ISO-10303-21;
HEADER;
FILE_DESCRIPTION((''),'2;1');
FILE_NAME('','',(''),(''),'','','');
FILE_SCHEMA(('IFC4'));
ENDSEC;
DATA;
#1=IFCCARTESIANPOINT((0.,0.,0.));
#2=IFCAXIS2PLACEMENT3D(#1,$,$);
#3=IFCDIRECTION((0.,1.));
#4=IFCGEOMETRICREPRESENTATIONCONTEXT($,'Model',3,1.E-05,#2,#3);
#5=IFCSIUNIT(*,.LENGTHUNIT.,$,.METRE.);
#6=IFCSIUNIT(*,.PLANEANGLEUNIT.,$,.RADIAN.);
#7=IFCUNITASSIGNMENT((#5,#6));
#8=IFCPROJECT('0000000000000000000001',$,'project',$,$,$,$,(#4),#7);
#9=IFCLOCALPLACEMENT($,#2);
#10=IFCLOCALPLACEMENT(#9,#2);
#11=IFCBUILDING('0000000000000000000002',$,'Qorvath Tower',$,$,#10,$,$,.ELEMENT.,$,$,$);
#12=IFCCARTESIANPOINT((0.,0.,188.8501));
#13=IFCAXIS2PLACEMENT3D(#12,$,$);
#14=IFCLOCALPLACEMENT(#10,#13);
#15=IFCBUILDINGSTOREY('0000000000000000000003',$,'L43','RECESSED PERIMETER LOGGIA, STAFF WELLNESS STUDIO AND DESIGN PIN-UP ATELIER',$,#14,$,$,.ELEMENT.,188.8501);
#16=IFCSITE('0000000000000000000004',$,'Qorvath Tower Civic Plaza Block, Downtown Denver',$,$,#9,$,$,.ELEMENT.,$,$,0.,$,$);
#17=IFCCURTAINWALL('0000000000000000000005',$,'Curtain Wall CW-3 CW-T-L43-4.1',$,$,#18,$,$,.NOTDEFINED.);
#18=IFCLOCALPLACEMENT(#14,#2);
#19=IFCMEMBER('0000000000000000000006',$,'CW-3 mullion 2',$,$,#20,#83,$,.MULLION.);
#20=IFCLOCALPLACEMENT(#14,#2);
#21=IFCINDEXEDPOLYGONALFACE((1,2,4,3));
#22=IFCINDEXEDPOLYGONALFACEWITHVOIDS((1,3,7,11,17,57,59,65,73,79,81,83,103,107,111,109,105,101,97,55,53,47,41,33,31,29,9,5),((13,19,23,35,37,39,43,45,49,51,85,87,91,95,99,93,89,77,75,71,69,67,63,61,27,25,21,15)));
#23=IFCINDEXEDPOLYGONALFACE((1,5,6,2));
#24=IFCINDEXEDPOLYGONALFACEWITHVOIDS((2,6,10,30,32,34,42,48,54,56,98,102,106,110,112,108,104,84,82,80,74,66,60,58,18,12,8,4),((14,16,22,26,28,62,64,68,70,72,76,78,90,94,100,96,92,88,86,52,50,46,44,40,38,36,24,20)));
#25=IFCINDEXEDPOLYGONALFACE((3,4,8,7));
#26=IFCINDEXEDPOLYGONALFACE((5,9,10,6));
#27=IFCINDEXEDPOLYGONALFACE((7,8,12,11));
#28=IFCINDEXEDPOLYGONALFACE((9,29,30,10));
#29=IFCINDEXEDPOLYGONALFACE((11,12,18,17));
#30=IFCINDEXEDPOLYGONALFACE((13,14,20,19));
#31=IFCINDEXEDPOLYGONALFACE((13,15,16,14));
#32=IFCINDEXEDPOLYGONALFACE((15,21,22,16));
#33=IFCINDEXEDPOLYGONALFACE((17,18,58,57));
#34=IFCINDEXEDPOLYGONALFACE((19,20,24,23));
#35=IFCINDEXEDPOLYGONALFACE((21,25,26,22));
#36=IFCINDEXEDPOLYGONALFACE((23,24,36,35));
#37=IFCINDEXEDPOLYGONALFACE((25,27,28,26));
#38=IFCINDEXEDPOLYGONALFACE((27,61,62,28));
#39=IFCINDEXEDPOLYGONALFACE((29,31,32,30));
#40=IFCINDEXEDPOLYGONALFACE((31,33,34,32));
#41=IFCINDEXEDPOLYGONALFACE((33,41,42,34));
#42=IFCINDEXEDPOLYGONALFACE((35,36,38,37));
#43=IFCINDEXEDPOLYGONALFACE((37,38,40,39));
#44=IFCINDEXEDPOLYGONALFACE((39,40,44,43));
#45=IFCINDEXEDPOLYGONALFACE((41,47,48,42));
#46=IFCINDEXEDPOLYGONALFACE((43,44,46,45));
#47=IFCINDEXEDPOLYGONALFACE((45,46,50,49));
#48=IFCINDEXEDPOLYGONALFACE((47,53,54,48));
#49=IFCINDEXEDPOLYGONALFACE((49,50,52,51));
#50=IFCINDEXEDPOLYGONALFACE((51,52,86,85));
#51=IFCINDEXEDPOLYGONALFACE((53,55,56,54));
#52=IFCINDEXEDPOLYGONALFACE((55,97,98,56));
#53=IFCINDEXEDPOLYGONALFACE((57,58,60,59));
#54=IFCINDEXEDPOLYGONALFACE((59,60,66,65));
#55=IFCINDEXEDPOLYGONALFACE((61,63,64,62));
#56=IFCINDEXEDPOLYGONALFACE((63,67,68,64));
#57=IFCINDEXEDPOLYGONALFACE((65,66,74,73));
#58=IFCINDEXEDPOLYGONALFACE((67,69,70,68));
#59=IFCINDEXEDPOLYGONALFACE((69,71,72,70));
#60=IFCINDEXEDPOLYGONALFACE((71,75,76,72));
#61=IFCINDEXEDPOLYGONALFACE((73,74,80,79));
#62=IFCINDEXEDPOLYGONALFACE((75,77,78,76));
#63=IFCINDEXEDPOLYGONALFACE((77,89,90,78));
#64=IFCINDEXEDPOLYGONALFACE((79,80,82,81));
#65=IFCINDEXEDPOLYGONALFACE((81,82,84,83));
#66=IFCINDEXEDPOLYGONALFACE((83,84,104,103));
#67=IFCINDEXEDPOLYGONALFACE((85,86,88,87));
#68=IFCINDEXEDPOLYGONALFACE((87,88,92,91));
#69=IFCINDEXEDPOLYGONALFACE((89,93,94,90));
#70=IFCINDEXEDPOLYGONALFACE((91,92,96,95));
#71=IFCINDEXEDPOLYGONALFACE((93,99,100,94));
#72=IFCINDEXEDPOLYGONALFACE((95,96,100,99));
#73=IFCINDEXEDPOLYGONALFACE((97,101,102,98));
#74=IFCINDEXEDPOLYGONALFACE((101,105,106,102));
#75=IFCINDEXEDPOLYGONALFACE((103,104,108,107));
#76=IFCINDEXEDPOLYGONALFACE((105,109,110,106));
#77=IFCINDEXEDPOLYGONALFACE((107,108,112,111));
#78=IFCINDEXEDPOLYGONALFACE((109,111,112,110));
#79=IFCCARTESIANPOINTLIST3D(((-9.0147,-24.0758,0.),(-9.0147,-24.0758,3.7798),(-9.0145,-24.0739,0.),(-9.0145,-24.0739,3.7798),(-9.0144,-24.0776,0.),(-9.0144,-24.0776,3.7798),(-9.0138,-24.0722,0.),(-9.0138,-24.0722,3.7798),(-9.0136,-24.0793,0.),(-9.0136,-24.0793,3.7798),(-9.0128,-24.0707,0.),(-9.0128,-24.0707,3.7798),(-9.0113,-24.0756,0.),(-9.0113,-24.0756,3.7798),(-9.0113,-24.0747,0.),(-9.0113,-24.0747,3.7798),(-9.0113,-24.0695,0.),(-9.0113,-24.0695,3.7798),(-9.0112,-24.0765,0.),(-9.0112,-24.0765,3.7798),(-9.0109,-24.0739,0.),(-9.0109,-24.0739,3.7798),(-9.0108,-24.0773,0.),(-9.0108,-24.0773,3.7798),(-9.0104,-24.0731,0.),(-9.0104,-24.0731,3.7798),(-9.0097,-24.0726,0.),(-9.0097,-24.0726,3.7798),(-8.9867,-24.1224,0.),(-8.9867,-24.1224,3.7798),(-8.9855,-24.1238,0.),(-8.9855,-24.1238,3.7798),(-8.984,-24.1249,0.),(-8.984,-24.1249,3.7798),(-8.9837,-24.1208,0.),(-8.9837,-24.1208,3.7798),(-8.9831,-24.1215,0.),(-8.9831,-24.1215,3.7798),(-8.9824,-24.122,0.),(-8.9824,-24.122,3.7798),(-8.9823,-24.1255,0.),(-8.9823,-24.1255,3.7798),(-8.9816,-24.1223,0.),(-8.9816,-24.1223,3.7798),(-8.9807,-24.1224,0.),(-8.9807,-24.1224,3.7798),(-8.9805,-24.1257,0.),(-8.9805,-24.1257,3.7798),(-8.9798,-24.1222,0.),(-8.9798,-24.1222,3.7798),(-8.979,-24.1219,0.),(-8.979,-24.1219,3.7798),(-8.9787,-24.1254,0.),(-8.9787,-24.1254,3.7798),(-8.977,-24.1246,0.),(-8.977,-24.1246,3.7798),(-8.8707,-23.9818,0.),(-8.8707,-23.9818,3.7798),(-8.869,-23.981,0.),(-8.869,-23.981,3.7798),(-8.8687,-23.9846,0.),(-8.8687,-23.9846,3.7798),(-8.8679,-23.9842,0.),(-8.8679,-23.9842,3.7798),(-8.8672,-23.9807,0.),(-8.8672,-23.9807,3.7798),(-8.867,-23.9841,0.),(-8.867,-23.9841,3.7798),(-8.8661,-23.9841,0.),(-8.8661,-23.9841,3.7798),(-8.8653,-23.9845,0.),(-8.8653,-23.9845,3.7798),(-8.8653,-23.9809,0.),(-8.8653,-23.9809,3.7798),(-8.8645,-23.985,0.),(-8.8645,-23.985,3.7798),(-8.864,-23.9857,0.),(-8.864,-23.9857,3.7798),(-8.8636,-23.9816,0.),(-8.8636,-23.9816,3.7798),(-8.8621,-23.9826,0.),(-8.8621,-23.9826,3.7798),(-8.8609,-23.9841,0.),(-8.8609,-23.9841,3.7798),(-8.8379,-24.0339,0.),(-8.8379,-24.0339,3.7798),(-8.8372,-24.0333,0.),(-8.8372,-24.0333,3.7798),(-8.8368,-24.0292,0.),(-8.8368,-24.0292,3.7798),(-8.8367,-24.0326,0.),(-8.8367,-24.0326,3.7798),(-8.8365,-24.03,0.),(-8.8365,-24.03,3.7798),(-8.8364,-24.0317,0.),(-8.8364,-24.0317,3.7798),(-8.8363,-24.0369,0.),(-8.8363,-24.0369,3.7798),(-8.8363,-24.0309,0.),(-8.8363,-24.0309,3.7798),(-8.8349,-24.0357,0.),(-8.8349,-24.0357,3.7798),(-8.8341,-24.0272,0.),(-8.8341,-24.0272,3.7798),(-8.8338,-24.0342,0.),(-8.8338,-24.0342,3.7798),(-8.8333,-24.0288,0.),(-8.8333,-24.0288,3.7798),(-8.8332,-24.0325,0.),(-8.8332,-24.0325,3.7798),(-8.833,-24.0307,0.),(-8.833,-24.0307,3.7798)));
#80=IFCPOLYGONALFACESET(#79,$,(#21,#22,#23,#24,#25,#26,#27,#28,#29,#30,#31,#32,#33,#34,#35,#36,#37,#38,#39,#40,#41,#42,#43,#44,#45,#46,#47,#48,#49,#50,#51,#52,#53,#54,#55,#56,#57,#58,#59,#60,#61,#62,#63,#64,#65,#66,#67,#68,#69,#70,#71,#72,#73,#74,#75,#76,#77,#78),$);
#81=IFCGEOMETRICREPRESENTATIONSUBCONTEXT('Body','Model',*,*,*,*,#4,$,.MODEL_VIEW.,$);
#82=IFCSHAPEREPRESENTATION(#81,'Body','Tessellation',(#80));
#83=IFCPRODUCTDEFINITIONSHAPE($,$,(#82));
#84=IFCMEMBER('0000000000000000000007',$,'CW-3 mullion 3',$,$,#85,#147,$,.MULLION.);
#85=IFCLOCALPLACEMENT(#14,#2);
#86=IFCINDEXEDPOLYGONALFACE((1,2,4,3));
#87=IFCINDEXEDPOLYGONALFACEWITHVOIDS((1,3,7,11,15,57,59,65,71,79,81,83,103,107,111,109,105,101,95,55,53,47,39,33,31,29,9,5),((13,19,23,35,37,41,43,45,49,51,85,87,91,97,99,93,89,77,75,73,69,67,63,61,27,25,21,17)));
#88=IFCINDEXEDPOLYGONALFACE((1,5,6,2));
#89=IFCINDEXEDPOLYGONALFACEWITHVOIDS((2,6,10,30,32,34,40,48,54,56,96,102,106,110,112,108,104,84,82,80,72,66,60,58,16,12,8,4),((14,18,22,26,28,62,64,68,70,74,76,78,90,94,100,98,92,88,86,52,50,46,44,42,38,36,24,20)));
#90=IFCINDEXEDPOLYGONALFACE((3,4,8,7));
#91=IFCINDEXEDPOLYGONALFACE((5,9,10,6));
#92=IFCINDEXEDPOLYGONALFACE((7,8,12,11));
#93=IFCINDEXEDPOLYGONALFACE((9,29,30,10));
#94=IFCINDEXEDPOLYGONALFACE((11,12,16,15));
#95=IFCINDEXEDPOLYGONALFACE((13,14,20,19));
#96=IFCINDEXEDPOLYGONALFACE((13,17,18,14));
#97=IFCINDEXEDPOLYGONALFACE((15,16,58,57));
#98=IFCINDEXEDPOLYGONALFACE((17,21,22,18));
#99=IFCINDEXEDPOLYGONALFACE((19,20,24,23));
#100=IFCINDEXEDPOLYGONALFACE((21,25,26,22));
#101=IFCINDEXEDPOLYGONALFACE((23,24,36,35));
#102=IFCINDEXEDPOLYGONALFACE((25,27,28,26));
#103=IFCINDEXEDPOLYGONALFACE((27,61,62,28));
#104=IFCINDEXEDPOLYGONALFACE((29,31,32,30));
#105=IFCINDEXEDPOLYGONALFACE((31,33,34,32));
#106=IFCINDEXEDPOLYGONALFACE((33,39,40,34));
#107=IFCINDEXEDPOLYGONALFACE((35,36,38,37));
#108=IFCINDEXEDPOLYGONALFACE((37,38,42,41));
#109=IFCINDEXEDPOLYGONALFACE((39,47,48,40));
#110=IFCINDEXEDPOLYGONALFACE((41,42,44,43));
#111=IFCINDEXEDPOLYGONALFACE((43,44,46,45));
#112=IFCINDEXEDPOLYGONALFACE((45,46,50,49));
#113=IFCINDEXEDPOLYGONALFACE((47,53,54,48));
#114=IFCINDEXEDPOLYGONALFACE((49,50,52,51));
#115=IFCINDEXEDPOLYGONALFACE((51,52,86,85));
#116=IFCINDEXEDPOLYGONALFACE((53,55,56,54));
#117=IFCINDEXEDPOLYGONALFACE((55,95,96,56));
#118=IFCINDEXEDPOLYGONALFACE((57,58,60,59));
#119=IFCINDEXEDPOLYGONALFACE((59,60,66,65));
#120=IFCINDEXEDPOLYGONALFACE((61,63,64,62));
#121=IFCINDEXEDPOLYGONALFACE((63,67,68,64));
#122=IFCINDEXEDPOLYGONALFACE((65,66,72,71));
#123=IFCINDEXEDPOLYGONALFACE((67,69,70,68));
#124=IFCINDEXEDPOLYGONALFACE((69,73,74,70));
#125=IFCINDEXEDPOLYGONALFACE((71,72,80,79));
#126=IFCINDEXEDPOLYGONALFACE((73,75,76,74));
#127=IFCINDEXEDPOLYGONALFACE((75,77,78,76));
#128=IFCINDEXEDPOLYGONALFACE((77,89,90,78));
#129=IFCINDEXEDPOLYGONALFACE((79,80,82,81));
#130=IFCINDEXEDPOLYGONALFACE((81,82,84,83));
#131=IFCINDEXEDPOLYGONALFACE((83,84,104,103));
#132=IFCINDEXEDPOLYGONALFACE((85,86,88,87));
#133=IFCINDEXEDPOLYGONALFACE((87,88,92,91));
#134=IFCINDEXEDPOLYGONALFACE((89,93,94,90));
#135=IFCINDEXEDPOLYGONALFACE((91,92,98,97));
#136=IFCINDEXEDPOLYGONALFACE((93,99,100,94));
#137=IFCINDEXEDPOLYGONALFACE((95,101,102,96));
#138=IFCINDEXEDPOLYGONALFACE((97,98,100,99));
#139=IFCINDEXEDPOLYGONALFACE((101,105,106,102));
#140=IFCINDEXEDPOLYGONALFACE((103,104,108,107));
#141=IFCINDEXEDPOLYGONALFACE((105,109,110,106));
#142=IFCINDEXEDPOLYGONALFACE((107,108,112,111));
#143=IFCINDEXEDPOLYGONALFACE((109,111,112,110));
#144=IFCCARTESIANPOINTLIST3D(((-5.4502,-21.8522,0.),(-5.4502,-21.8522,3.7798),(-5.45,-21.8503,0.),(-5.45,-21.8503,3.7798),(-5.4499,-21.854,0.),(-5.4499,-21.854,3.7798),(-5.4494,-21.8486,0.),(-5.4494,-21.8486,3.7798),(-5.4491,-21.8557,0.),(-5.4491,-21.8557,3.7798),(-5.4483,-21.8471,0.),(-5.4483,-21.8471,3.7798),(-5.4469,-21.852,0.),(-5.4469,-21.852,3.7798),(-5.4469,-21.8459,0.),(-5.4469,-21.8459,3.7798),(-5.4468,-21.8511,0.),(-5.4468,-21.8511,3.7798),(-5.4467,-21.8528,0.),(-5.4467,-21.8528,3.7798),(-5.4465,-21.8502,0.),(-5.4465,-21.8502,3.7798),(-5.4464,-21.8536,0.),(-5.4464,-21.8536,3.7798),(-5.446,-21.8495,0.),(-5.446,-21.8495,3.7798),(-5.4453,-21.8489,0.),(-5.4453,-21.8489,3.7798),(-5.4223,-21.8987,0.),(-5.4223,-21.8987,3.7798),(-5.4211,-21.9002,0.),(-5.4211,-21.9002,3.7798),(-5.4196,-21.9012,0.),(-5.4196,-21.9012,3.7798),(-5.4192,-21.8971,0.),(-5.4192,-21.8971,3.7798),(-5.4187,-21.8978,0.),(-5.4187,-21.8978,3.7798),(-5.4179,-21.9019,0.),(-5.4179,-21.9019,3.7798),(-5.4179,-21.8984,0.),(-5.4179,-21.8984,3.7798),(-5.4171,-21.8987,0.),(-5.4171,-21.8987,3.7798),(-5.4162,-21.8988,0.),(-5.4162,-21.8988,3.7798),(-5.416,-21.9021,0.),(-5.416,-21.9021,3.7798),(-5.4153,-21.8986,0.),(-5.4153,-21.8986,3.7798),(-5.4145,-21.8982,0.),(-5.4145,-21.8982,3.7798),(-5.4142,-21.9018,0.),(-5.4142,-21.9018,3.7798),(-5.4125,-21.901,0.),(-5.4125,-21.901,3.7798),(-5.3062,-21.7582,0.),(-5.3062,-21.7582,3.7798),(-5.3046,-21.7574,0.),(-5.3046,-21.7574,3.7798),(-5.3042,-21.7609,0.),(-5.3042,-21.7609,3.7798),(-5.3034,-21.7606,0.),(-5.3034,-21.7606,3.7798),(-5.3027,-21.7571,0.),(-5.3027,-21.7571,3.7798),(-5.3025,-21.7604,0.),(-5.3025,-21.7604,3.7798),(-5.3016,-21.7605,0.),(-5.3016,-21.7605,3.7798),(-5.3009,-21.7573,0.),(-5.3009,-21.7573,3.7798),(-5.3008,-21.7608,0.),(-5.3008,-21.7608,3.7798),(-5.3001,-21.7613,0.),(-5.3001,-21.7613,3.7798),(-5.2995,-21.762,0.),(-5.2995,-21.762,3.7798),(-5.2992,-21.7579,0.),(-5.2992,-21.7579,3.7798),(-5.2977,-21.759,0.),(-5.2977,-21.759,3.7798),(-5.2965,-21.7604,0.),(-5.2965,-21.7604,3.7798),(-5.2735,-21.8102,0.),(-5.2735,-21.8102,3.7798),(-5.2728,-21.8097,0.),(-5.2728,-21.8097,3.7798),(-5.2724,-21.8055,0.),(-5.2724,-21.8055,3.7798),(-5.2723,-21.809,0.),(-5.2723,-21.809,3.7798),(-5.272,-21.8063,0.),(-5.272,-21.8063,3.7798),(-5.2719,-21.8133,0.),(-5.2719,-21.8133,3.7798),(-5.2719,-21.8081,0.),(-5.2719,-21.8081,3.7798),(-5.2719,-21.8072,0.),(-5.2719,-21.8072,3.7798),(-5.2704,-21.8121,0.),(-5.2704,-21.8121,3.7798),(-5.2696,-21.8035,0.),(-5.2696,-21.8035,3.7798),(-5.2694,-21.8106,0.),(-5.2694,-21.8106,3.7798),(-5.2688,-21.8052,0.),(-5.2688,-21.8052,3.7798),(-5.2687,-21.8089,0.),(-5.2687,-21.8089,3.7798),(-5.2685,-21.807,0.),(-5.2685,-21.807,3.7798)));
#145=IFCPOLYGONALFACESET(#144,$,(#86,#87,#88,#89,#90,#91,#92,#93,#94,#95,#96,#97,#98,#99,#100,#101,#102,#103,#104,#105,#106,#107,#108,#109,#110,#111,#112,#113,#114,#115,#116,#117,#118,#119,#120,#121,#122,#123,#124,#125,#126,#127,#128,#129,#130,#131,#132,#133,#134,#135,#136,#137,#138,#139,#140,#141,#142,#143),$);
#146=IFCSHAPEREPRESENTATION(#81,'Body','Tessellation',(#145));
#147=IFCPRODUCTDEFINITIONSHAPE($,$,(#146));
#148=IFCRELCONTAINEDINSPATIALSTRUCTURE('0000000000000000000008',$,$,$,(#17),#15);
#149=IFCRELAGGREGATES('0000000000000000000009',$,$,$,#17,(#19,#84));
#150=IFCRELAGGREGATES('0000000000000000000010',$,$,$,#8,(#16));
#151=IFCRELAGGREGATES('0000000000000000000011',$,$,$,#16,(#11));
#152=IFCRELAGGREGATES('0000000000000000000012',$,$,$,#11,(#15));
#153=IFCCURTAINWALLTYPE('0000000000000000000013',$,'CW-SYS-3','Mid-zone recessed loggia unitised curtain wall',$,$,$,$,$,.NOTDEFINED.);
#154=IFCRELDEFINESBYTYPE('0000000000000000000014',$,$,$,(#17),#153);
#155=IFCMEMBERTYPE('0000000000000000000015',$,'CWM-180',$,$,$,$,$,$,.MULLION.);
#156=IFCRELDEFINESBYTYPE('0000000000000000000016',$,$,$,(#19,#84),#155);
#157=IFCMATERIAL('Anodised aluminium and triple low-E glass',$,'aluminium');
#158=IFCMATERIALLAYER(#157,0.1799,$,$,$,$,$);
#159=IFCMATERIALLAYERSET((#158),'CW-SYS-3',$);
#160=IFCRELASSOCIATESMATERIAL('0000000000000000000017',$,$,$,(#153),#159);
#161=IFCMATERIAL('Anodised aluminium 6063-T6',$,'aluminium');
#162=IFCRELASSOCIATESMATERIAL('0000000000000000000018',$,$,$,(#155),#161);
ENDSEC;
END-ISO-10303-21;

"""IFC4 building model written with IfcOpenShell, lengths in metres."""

from ifc_helpers import new_model, si_unit, direction, frame, origin, origin_2d, place, context, subcontext, project, spatial, hollow_rectangle, extrude, material, layer, layer_set, material_profile, profile_set, type_object, element, aggregate, save


model = new_model("IFC4")

# Units and contexts
model_context = context("Model", 3, precision=1e-05, world=origin(), true_north=direction((0.0, 1.0)))
body_context = subcontext(model_context, "Body", "Model", "MODEL_VIEW")
ifc_project = project(units=[si_unit("LENGTHUNIT", "METRE"), si_unit("PLANEANGLEUNIT", "RADIAN")], contexts=[model_context])

# Site, building, storey
site_placement = place(None, origin())
site = spatial("IfcSite", under=ifc_project, at=site_placement, Name="Qorvath Tower Civic Plaza Block, Downtown Denver", CompositionType="ELEMENT", RefElevation=0.0)
building_placement = place(site_placement, origin())
building = spatial("IfcBuilding", under=site, at=building_placement, Name="Qorvath Tower", CompositionType="ELEMENT")
storey_placement = place(building_placement, frame((0.0, 0.0, 188.8501)))
storey = spatial("IfcBuildingStorey", under=building, at=storey_placement, Name="L43", Description="RECESSED PERIMETER LOGGIA, STAFF WELLNESS STUDIO AND DESIGN PIN-UP ATELIER", CompositionType="ELEMENT", Elevation=188.8501)

# Shared definitions
ifc_material_1 = material(Name="Anodised aluminium and triple low-E glass", Category="aluminium")
ifc_layer_1 = layer(ifc_material_1, 0.1799)
ifc_layer_set_1 = layer_set([ifc_layer_1], Name="CW-SYS-3")
curtain_wall_type = type_object("IfcCurtainWallType", Name="CW-SYS-3", Description="Mid-zone recessed loggia unitised curtain wall", PredefinedType="NOTDEFINED", material=ifc_layer_set_1)
ifc_material_2 = material(Name="Anodised aluminium 6063-T6", Category="aluminium")
ifc_material_profile_1 = material_profile(ifc_material_2, hollow_rectangle(XDim=0.0649, YDim=0.1799, WallThickness=0.0034, InnerFilletRadius=0.0034, OuterFilletRadius=0.0071, at=origin_2d()), Name="CWM 180x65")
ifc_profile_set_1 = profile_set([ifc_material_profile_1], Name="Anodised aluminium 6063-T6")
member_type_1 = type_object("IfcMemberType", Name="CWM-180", PredefinedType="MULLION", material=ifc_profile_set_1)

# Curtain wall, members
curtain_wall_1_placement = place(storey_placement, origin())
curtain_wall_1 = element("IfcCurtainWall", 1, at=curtain_wall_1_placement, inside=storey, type_object=curtain_wall_type, Name="Curtain Wall CW-3 CW-T-L43-4.1", PredefinedType="NOTDEFINED")
member_1_placement = place(storey_placement, frame((-8.9238, -24.0532, 0.0), z_axis=(0.0, 0.0, 1.0), x_axis=(-0.529252, 0.848464, 0.0)))
member_1 = element("IfcMember", 2, at=member_1_placement, type_object=member_type_1, Name="CW-3 mullion 2", PredefinedType="MULLION", context=body_context, shape_type="SweptSolid", body=[
    extrude(hollow_rectangle(XDim=0.0649, YDim=0.1799, WallThickness=0.0034, InnerFilletRadius=0.0034, OuterFilletRadius=0.0071, at=origin_2d()), origin(), (0.0, 0.0, 1.0), 3.7798),
])
member_2_placement = place(storey_placement, frame((-5.3594, -21.8296, 0.0), z_axis=(0.0, 0.0, 1.0), x_axis=(-0.529252, 0.848464, 0.0)))
member_2 = element("IfcMember", 3, at=member_2_placement, type_object=member_type_1, Name="CW-3 mullion 3", PredefinedType="MULLION", context=body_context, shape_type="SweptSolid", body=[
    extrude(hollow_rectangle(XDim=0.0649, YDim=0.1799, WallThickness=0.0034, InnerFilletRadius=0.0034, OuterFilletRadius=0.0071, at=origin_2d()), origin(), (0.0, 0.0, 1.0), 3.7798),
])

aggregate(curtain_wall_1, [member_1, member_2])

save(model, "model.ifc")
